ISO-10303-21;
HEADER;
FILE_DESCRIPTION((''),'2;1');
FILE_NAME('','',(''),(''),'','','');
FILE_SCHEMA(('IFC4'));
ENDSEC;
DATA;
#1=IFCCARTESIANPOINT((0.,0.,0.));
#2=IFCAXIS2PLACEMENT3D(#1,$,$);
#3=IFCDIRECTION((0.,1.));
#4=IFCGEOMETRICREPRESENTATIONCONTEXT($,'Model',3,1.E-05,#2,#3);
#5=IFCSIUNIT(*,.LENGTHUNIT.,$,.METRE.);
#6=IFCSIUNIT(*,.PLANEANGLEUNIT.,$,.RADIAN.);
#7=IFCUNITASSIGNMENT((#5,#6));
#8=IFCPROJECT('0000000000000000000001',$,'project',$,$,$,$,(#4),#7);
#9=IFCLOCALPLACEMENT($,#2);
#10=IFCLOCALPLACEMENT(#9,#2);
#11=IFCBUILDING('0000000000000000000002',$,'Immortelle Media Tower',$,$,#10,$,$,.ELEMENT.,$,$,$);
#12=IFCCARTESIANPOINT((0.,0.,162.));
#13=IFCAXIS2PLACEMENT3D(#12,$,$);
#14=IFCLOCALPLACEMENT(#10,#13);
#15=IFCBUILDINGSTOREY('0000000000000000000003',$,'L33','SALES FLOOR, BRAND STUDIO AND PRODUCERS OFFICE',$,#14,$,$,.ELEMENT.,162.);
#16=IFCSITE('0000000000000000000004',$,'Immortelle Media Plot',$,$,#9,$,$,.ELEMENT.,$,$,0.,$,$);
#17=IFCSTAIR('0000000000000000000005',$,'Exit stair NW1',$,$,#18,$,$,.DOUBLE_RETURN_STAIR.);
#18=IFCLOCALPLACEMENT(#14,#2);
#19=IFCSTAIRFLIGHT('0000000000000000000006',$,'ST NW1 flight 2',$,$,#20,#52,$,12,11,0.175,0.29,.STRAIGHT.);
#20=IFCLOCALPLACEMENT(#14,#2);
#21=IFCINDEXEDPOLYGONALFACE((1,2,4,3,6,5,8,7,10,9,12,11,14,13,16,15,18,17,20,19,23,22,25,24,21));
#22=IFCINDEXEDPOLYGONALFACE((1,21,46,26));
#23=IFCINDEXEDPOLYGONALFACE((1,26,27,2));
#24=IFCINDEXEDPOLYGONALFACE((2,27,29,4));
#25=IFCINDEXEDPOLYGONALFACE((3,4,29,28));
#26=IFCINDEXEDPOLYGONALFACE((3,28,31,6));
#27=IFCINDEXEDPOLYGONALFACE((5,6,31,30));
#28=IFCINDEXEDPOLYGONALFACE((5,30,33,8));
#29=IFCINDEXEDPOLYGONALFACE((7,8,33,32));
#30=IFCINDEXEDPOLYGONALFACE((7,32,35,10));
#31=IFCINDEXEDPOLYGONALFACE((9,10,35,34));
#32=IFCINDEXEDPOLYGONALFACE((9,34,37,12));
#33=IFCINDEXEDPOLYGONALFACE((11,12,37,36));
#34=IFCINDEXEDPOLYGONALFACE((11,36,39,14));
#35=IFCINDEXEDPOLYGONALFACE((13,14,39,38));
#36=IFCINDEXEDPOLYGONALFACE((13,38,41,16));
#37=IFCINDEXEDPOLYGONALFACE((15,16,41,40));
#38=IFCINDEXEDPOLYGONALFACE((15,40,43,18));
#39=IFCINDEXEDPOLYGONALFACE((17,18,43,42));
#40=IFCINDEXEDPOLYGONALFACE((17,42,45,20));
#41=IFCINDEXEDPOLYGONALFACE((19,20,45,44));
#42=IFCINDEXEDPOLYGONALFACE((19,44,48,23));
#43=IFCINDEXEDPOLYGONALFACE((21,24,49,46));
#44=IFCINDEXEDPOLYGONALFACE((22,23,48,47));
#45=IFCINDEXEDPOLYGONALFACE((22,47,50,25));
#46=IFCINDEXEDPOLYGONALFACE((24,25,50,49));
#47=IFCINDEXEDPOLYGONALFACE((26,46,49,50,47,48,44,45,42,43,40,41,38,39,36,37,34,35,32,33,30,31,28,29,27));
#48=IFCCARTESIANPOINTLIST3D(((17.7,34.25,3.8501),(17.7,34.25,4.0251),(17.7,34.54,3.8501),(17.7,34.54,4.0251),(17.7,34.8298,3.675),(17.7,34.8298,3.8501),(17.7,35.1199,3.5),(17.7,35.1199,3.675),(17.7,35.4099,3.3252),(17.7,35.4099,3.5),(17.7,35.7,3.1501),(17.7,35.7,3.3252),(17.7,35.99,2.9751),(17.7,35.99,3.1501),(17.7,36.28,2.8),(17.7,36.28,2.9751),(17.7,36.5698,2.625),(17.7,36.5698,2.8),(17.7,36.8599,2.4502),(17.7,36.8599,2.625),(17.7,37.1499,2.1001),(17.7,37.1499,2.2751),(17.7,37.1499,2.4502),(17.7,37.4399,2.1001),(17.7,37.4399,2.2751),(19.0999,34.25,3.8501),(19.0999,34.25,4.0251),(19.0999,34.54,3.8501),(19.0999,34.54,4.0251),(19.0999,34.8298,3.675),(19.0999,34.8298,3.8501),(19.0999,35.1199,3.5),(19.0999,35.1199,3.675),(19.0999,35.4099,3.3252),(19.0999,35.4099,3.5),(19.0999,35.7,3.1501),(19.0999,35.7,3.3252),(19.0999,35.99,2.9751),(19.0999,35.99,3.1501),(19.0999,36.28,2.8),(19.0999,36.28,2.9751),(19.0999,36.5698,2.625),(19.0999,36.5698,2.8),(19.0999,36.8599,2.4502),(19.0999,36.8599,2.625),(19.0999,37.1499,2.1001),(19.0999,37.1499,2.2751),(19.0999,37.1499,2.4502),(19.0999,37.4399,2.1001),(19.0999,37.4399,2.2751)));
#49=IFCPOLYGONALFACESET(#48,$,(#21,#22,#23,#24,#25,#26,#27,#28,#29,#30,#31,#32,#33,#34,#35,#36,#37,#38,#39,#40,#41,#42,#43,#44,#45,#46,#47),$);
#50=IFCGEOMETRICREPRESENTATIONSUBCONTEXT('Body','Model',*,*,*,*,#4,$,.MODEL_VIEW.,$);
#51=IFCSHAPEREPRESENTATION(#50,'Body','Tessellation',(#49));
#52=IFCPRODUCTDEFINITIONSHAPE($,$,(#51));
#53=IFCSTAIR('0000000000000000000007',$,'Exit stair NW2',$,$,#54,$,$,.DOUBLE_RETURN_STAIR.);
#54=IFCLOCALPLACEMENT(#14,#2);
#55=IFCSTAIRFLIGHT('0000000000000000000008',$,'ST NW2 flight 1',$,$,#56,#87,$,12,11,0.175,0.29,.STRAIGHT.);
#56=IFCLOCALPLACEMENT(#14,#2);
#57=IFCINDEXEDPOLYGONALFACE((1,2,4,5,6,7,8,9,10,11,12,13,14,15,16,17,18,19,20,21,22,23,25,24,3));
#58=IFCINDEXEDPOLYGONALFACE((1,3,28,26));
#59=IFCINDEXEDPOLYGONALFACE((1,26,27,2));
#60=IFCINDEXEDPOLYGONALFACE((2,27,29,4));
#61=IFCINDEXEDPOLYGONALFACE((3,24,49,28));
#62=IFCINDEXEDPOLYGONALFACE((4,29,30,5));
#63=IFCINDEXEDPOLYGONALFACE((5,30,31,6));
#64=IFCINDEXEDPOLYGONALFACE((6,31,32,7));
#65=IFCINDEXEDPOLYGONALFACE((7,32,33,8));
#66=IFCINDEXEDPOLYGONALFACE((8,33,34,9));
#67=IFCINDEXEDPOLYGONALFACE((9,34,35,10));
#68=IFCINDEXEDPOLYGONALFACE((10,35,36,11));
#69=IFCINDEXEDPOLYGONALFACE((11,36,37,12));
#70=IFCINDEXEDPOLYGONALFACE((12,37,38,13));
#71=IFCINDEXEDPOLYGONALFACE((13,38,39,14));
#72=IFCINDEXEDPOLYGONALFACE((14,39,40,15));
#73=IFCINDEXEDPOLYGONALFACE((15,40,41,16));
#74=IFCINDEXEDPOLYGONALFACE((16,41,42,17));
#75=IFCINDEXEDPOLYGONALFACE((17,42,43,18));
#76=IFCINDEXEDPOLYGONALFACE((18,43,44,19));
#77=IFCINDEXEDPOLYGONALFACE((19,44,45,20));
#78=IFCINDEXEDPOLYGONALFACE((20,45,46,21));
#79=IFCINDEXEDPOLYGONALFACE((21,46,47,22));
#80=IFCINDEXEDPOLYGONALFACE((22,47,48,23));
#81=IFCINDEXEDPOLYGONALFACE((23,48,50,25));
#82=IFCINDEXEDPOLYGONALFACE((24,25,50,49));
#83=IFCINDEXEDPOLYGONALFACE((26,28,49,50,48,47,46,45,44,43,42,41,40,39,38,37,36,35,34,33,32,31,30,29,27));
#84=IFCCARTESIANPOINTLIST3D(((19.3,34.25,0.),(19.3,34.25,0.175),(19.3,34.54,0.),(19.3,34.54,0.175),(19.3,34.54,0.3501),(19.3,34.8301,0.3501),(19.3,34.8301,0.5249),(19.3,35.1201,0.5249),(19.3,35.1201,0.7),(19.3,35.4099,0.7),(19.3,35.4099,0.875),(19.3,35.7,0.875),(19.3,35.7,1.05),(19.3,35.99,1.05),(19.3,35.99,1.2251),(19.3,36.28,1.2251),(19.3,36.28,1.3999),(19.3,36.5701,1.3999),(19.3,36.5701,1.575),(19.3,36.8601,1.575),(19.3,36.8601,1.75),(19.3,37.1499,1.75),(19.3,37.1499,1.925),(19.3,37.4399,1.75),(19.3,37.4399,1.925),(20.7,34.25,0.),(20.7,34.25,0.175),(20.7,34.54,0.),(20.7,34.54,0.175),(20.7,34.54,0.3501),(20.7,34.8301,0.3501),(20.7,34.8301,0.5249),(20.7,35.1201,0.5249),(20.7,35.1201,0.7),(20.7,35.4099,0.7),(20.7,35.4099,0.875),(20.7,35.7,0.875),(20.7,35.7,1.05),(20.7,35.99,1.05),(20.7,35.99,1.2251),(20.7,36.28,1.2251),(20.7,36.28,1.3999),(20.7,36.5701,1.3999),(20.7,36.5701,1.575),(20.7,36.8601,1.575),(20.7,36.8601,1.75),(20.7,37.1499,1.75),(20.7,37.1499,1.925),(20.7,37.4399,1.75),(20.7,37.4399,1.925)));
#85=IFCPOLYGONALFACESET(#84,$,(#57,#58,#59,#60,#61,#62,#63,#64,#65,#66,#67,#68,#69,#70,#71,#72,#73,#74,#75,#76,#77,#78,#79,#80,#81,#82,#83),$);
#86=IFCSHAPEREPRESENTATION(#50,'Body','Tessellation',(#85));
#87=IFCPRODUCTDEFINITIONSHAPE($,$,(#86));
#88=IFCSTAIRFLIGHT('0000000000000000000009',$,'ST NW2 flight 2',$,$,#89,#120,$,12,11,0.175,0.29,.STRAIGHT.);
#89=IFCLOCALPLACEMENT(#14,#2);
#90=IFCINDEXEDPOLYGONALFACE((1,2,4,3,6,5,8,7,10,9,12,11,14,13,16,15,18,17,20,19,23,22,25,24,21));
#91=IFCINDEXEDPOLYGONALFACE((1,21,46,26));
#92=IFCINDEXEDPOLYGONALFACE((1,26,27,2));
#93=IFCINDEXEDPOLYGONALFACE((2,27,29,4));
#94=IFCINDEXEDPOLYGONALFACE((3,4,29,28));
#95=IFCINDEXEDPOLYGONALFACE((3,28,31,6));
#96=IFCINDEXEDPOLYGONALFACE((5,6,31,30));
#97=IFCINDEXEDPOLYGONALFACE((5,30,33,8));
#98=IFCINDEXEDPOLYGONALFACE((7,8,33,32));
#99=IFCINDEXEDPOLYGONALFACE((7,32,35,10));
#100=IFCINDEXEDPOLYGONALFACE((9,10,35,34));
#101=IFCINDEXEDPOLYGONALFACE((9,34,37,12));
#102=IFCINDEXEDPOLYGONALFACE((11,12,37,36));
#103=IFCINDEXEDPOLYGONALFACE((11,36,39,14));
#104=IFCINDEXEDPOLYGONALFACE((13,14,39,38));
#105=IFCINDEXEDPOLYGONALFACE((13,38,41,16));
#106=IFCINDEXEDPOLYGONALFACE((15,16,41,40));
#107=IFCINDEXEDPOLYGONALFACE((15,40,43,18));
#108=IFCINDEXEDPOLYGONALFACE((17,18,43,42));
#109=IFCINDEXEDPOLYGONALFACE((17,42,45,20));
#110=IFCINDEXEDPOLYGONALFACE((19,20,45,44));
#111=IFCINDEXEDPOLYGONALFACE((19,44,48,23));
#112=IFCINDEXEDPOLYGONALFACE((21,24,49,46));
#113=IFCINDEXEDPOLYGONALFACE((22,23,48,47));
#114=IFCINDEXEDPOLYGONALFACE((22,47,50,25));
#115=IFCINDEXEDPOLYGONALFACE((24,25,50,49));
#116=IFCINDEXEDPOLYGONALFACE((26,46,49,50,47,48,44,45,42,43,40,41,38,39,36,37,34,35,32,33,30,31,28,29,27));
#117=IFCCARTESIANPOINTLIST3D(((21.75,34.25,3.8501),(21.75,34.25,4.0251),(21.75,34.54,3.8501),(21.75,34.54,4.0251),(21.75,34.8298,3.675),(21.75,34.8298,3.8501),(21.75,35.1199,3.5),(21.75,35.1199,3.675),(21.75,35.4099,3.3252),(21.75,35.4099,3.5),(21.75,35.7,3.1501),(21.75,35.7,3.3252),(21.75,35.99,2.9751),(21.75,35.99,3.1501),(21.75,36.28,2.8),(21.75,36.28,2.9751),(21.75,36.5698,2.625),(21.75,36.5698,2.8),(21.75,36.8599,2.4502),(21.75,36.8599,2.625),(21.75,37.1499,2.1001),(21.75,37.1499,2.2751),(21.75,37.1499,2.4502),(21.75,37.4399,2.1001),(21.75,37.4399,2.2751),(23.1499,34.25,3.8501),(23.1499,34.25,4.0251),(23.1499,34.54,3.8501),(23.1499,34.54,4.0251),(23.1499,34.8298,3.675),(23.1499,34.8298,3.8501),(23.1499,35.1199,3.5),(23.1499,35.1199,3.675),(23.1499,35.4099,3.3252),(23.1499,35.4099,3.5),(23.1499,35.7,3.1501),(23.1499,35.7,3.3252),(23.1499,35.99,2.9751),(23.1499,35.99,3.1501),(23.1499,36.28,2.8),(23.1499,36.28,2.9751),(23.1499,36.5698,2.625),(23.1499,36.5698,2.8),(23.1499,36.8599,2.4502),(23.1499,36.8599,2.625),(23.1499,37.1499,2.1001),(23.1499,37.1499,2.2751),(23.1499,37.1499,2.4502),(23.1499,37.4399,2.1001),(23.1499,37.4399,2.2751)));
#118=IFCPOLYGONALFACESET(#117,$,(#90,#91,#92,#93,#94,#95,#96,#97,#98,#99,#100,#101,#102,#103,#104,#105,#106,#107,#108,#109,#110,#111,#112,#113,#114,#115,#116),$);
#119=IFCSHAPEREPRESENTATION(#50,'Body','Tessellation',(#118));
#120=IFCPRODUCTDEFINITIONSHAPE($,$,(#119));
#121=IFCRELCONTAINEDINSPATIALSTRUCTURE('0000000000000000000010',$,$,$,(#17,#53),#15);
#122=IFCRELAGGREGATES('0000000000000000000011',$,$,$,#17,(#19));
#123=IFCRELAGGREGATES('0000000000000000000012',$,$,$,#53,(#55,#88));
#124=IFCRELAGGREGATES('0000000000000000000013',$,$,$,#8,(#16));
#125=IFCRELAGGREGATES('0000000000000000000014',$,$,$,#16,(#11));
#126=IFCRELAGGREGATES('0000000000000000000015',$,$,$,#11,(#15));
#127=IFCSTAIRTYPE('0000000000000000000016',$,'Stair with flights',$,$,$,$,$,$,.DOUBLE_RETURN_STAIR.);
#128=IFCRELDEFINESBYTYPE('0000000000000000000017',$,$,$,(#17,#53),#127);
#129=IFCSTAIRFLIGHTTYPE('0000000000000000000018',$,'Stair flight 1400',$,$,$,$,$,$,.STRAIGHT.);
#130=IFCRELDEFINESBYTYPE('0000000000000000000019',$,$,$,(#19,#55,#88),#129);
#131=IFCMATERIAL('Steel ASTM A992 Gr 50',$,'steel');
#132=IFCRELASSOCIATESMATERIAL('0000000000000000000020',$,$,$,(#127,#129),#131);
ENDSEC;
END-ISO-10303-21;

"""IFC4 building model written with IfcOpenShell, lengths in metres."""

from ifc_helpers import new_model, si_unit, direction, frame, origin, place, context, subcontext, project, spatial, polyline, outline, extrude, material, type_object, element, aggregate, save


model = new_model("IFC4")

# Units and contexts
model_context = context("Model", 3, precision=1e-05, world=origin(), true_north=direction((0.0, 1.0)))
body_context = subcontext(model_context, "Body", "Model", "MODEL_VIEW")
ifc_project = project(units=[si_unit("LENGTHUNIT", "METRE"), si_unit("PLANEANGLEUNIT", "RADIAN")], contexts=[model_context])

# Site, building, storey
site_placement = place(None, origin())
site = spatial("IfcSite", under=ifc_project, at=site_placement, Name="Immortelle Media Plot", CompositionType="ELEMENT", RefElevation=0.0)
building_placement = place(site_placement, origin())
building = spatial("IfcBuilding", under=site, at=building_placement, Name="Immortelle Media Tower", CompositionType="ELEMENT")
storey_placement = place(building_placement, frame((0.0, 0.0, 162.0)))
storey = spatial("IfcBuildingStorey", under=building, at=storey_placement, Name="L33", Description="SALES FLOOR, BRAND STUDIO AND PRODUCERS OFFICE", CompositionType="ELEMENT", Elevation=162.0)

# Shared definitions
ifc_material_1 = material(Name="Steel ASTM A992 Gr 50", Category="steel")

# Stairs, stair flights
stair_type = type_object("IfcStairType", Name="Stair with flights", PredefinedType="DOUBLE_RETURN_STAIR", material=ifc_material_1)
stair_1_placement = place(storey_placement, origin())
stair_1 = element("IfcStair", 1, at=stair_1_placement, inside=storey, type_object=stair_type, Name="Exit stair NW1", PredefinedType="DOUBLE_RETURN_STAIR")
stair_flight_type = type_object("IfcStairFlightType", Name="Stair flight 1400", PredefinedType="STRAIGHT", material=ifc_material_1)
stair_flight_1_placement = place(storey_placement, frame((18.3999, 37.4399, 2.1001), z_axis=(0.0, 0.0, 1.0), x_axis=(0.0, -1.0, 0.0)))
stair_flight_1 = element("IfcStairFlight", 2, at=stair_flight_1_placement, type_object=stair_flight_type, Name="ST NW1 flight 2", NumberOfRisers=12, NumberOfTreads=11, PredefinedType="STRAIGHT", RiserHeight=0.175, TreadLength=0.29, context=body_context, shape_type="SweptSolid", body=[
    extrude(outline(polyline([(0.0, 0.0), (0.0, 0.175), (0.29, 0.175), (0.29, 0.3501), (0.5801, 0.3501), (0.5801, 0.5249), (0.8701, 0.5249), (0.8701, 0.7), (1.1599, 0.7), (1.1599, 0.875), (1.45, 0.875), (1.45, 1.05), (1.74, 1.05), (1.74, 1.2251), (2.03, 1.2251), (2.03, 1.3999), (2.3201, 1.3999), (2.3201, 1.575), (2.6101, 1.575), (2.6101, 1.75), (2.8999, 1.75), (2.8999, 1.925), (3.1899, 1.925), (3.1899, 2.1001), (3.1899, 1.75), (0.29, 0.0), (0.0, 0.0)])), frame((0.0, 0.7, 0.0), z_axis=(0.0, -1.0, 0.0), x_axis=(1.0, 0.0, 0.0)), (0.0, 0.0, 1.0), 1.3999),
])
aggregate(stair_1, [stair_flight_1])
stair_2_placement = place(storey_placement, origin())
stair_2 = element("IfcStair", 3, at=stair_2_placement, inside=storey, type_object=stair_type, Name="Exit stair NW2", PredefinedType="DOUBLE_RETURN_STAIR")
stair_flight_2_placement = place(storey_placement, frame((20.0, 34.25, 0.0), z_axis=(0.0, 0.0, 1.0), x_axis=(0.0, 1.0, 0.0)))
stair_flight_2 = element("IfcStairFlight", 4, at=stair_flight_2_placement, type_object=stair_flight_type, Name="ST NW2 flight 1", NumberOfRisers=12, NumberOfTreads=11, PredefinedType="STRAIGHT", RiserHeight=0.175, TreadLength=0.29, context=body_context, shape_type="SweptSolid", body=[
    extrude(outline(polyline([(0.0, 0.0), (0.0, 0.175), (0.29, 0.175), (0.29, 0.3501), (0.5801, 0.3501), (0.5801, 0.5249), (0.8701, 0.5249), (0.8701, 0.7), (1.1599, 0.7), (1.1599, 0.875), (1.45, 0.875), (1.45, 1.05), (1.74, 1.05), (1.74, 1.2251), (2.03, 1.2251), (2.03, 1.3999), (2.3201, 1.3999), (2.3201, 1.575), (2.6101, 1.575), (2.6101, 1.75), (2.8999, 1.75), (2.8999, 1.925), (3.1899, 1.925), (3.1899, 2.1001), (3.1899, 1.75), (0.29, 0.0), (0.0, 0.0)])), frame((0.0, 0.7, 0.0), z_axis=(0.0, -1.0, 0.0), x_axis=(1.0, 0.0, 0.0)), (0.0, 0.0, 1.0), 1.3999),
])
stair_flight_3_placement = place(storey_placement, frame((22.45, 37.4399, 2.1001), z_axis=(0.0, 0.0, 1.0), x_axis=(0.0, -1.0, 0.0)))
stair_flight_3 = element("IfcStairFlight", 5, at=stair_flight_3_placement, type_object=stair_flight_type, Name="ST NW2 flight 2", NumberOfRisers=12, NumberOfTreads=11, PredefinedType="STRAIGHT", RiserHeight=0.175, TreadLength=0.29, context=body_context, shape_type="SweptSolid", body=[
    extrude(outline(polyline([(0.0, 0.0), (0.0, 0.175), (0.29, 0.175), (0.29, 0.3501), (0.5801, 0.3501), (0.5801, 0.5249), (0.8701, 0.5249), (0.8701, 0.7), (1.1599, 0.7), (1.1599, 0.875), (1.45, 0.875), (1.45, 1.05), (1.74, 1.05), (1.74, 1.2251), (2.03, 1.2251), (2.03, 1.3999), (2.3201, 1.3999), (2.3201, 1.575), (2.6101, 1.575), (2.6101, 1.75), (2.8999, 1.75), (2.8999, 1.925), (3.1899, 1.925), (3.1899, 2.1001), (3.1899, 1.75), (0.29, 0.0), (0.0, 0.0)])), frame((0.0, 0.7, 0.0), z_axis=(0.0, -1.0, 0.0), x_axis=(1.0, 0.0, 0.0)), (0.0, 0.0, 1.0), 1.3999),
])
aggregate(stair_2, [stair_flight_2, stair_flight_3])

save(model, "model.ifc")
